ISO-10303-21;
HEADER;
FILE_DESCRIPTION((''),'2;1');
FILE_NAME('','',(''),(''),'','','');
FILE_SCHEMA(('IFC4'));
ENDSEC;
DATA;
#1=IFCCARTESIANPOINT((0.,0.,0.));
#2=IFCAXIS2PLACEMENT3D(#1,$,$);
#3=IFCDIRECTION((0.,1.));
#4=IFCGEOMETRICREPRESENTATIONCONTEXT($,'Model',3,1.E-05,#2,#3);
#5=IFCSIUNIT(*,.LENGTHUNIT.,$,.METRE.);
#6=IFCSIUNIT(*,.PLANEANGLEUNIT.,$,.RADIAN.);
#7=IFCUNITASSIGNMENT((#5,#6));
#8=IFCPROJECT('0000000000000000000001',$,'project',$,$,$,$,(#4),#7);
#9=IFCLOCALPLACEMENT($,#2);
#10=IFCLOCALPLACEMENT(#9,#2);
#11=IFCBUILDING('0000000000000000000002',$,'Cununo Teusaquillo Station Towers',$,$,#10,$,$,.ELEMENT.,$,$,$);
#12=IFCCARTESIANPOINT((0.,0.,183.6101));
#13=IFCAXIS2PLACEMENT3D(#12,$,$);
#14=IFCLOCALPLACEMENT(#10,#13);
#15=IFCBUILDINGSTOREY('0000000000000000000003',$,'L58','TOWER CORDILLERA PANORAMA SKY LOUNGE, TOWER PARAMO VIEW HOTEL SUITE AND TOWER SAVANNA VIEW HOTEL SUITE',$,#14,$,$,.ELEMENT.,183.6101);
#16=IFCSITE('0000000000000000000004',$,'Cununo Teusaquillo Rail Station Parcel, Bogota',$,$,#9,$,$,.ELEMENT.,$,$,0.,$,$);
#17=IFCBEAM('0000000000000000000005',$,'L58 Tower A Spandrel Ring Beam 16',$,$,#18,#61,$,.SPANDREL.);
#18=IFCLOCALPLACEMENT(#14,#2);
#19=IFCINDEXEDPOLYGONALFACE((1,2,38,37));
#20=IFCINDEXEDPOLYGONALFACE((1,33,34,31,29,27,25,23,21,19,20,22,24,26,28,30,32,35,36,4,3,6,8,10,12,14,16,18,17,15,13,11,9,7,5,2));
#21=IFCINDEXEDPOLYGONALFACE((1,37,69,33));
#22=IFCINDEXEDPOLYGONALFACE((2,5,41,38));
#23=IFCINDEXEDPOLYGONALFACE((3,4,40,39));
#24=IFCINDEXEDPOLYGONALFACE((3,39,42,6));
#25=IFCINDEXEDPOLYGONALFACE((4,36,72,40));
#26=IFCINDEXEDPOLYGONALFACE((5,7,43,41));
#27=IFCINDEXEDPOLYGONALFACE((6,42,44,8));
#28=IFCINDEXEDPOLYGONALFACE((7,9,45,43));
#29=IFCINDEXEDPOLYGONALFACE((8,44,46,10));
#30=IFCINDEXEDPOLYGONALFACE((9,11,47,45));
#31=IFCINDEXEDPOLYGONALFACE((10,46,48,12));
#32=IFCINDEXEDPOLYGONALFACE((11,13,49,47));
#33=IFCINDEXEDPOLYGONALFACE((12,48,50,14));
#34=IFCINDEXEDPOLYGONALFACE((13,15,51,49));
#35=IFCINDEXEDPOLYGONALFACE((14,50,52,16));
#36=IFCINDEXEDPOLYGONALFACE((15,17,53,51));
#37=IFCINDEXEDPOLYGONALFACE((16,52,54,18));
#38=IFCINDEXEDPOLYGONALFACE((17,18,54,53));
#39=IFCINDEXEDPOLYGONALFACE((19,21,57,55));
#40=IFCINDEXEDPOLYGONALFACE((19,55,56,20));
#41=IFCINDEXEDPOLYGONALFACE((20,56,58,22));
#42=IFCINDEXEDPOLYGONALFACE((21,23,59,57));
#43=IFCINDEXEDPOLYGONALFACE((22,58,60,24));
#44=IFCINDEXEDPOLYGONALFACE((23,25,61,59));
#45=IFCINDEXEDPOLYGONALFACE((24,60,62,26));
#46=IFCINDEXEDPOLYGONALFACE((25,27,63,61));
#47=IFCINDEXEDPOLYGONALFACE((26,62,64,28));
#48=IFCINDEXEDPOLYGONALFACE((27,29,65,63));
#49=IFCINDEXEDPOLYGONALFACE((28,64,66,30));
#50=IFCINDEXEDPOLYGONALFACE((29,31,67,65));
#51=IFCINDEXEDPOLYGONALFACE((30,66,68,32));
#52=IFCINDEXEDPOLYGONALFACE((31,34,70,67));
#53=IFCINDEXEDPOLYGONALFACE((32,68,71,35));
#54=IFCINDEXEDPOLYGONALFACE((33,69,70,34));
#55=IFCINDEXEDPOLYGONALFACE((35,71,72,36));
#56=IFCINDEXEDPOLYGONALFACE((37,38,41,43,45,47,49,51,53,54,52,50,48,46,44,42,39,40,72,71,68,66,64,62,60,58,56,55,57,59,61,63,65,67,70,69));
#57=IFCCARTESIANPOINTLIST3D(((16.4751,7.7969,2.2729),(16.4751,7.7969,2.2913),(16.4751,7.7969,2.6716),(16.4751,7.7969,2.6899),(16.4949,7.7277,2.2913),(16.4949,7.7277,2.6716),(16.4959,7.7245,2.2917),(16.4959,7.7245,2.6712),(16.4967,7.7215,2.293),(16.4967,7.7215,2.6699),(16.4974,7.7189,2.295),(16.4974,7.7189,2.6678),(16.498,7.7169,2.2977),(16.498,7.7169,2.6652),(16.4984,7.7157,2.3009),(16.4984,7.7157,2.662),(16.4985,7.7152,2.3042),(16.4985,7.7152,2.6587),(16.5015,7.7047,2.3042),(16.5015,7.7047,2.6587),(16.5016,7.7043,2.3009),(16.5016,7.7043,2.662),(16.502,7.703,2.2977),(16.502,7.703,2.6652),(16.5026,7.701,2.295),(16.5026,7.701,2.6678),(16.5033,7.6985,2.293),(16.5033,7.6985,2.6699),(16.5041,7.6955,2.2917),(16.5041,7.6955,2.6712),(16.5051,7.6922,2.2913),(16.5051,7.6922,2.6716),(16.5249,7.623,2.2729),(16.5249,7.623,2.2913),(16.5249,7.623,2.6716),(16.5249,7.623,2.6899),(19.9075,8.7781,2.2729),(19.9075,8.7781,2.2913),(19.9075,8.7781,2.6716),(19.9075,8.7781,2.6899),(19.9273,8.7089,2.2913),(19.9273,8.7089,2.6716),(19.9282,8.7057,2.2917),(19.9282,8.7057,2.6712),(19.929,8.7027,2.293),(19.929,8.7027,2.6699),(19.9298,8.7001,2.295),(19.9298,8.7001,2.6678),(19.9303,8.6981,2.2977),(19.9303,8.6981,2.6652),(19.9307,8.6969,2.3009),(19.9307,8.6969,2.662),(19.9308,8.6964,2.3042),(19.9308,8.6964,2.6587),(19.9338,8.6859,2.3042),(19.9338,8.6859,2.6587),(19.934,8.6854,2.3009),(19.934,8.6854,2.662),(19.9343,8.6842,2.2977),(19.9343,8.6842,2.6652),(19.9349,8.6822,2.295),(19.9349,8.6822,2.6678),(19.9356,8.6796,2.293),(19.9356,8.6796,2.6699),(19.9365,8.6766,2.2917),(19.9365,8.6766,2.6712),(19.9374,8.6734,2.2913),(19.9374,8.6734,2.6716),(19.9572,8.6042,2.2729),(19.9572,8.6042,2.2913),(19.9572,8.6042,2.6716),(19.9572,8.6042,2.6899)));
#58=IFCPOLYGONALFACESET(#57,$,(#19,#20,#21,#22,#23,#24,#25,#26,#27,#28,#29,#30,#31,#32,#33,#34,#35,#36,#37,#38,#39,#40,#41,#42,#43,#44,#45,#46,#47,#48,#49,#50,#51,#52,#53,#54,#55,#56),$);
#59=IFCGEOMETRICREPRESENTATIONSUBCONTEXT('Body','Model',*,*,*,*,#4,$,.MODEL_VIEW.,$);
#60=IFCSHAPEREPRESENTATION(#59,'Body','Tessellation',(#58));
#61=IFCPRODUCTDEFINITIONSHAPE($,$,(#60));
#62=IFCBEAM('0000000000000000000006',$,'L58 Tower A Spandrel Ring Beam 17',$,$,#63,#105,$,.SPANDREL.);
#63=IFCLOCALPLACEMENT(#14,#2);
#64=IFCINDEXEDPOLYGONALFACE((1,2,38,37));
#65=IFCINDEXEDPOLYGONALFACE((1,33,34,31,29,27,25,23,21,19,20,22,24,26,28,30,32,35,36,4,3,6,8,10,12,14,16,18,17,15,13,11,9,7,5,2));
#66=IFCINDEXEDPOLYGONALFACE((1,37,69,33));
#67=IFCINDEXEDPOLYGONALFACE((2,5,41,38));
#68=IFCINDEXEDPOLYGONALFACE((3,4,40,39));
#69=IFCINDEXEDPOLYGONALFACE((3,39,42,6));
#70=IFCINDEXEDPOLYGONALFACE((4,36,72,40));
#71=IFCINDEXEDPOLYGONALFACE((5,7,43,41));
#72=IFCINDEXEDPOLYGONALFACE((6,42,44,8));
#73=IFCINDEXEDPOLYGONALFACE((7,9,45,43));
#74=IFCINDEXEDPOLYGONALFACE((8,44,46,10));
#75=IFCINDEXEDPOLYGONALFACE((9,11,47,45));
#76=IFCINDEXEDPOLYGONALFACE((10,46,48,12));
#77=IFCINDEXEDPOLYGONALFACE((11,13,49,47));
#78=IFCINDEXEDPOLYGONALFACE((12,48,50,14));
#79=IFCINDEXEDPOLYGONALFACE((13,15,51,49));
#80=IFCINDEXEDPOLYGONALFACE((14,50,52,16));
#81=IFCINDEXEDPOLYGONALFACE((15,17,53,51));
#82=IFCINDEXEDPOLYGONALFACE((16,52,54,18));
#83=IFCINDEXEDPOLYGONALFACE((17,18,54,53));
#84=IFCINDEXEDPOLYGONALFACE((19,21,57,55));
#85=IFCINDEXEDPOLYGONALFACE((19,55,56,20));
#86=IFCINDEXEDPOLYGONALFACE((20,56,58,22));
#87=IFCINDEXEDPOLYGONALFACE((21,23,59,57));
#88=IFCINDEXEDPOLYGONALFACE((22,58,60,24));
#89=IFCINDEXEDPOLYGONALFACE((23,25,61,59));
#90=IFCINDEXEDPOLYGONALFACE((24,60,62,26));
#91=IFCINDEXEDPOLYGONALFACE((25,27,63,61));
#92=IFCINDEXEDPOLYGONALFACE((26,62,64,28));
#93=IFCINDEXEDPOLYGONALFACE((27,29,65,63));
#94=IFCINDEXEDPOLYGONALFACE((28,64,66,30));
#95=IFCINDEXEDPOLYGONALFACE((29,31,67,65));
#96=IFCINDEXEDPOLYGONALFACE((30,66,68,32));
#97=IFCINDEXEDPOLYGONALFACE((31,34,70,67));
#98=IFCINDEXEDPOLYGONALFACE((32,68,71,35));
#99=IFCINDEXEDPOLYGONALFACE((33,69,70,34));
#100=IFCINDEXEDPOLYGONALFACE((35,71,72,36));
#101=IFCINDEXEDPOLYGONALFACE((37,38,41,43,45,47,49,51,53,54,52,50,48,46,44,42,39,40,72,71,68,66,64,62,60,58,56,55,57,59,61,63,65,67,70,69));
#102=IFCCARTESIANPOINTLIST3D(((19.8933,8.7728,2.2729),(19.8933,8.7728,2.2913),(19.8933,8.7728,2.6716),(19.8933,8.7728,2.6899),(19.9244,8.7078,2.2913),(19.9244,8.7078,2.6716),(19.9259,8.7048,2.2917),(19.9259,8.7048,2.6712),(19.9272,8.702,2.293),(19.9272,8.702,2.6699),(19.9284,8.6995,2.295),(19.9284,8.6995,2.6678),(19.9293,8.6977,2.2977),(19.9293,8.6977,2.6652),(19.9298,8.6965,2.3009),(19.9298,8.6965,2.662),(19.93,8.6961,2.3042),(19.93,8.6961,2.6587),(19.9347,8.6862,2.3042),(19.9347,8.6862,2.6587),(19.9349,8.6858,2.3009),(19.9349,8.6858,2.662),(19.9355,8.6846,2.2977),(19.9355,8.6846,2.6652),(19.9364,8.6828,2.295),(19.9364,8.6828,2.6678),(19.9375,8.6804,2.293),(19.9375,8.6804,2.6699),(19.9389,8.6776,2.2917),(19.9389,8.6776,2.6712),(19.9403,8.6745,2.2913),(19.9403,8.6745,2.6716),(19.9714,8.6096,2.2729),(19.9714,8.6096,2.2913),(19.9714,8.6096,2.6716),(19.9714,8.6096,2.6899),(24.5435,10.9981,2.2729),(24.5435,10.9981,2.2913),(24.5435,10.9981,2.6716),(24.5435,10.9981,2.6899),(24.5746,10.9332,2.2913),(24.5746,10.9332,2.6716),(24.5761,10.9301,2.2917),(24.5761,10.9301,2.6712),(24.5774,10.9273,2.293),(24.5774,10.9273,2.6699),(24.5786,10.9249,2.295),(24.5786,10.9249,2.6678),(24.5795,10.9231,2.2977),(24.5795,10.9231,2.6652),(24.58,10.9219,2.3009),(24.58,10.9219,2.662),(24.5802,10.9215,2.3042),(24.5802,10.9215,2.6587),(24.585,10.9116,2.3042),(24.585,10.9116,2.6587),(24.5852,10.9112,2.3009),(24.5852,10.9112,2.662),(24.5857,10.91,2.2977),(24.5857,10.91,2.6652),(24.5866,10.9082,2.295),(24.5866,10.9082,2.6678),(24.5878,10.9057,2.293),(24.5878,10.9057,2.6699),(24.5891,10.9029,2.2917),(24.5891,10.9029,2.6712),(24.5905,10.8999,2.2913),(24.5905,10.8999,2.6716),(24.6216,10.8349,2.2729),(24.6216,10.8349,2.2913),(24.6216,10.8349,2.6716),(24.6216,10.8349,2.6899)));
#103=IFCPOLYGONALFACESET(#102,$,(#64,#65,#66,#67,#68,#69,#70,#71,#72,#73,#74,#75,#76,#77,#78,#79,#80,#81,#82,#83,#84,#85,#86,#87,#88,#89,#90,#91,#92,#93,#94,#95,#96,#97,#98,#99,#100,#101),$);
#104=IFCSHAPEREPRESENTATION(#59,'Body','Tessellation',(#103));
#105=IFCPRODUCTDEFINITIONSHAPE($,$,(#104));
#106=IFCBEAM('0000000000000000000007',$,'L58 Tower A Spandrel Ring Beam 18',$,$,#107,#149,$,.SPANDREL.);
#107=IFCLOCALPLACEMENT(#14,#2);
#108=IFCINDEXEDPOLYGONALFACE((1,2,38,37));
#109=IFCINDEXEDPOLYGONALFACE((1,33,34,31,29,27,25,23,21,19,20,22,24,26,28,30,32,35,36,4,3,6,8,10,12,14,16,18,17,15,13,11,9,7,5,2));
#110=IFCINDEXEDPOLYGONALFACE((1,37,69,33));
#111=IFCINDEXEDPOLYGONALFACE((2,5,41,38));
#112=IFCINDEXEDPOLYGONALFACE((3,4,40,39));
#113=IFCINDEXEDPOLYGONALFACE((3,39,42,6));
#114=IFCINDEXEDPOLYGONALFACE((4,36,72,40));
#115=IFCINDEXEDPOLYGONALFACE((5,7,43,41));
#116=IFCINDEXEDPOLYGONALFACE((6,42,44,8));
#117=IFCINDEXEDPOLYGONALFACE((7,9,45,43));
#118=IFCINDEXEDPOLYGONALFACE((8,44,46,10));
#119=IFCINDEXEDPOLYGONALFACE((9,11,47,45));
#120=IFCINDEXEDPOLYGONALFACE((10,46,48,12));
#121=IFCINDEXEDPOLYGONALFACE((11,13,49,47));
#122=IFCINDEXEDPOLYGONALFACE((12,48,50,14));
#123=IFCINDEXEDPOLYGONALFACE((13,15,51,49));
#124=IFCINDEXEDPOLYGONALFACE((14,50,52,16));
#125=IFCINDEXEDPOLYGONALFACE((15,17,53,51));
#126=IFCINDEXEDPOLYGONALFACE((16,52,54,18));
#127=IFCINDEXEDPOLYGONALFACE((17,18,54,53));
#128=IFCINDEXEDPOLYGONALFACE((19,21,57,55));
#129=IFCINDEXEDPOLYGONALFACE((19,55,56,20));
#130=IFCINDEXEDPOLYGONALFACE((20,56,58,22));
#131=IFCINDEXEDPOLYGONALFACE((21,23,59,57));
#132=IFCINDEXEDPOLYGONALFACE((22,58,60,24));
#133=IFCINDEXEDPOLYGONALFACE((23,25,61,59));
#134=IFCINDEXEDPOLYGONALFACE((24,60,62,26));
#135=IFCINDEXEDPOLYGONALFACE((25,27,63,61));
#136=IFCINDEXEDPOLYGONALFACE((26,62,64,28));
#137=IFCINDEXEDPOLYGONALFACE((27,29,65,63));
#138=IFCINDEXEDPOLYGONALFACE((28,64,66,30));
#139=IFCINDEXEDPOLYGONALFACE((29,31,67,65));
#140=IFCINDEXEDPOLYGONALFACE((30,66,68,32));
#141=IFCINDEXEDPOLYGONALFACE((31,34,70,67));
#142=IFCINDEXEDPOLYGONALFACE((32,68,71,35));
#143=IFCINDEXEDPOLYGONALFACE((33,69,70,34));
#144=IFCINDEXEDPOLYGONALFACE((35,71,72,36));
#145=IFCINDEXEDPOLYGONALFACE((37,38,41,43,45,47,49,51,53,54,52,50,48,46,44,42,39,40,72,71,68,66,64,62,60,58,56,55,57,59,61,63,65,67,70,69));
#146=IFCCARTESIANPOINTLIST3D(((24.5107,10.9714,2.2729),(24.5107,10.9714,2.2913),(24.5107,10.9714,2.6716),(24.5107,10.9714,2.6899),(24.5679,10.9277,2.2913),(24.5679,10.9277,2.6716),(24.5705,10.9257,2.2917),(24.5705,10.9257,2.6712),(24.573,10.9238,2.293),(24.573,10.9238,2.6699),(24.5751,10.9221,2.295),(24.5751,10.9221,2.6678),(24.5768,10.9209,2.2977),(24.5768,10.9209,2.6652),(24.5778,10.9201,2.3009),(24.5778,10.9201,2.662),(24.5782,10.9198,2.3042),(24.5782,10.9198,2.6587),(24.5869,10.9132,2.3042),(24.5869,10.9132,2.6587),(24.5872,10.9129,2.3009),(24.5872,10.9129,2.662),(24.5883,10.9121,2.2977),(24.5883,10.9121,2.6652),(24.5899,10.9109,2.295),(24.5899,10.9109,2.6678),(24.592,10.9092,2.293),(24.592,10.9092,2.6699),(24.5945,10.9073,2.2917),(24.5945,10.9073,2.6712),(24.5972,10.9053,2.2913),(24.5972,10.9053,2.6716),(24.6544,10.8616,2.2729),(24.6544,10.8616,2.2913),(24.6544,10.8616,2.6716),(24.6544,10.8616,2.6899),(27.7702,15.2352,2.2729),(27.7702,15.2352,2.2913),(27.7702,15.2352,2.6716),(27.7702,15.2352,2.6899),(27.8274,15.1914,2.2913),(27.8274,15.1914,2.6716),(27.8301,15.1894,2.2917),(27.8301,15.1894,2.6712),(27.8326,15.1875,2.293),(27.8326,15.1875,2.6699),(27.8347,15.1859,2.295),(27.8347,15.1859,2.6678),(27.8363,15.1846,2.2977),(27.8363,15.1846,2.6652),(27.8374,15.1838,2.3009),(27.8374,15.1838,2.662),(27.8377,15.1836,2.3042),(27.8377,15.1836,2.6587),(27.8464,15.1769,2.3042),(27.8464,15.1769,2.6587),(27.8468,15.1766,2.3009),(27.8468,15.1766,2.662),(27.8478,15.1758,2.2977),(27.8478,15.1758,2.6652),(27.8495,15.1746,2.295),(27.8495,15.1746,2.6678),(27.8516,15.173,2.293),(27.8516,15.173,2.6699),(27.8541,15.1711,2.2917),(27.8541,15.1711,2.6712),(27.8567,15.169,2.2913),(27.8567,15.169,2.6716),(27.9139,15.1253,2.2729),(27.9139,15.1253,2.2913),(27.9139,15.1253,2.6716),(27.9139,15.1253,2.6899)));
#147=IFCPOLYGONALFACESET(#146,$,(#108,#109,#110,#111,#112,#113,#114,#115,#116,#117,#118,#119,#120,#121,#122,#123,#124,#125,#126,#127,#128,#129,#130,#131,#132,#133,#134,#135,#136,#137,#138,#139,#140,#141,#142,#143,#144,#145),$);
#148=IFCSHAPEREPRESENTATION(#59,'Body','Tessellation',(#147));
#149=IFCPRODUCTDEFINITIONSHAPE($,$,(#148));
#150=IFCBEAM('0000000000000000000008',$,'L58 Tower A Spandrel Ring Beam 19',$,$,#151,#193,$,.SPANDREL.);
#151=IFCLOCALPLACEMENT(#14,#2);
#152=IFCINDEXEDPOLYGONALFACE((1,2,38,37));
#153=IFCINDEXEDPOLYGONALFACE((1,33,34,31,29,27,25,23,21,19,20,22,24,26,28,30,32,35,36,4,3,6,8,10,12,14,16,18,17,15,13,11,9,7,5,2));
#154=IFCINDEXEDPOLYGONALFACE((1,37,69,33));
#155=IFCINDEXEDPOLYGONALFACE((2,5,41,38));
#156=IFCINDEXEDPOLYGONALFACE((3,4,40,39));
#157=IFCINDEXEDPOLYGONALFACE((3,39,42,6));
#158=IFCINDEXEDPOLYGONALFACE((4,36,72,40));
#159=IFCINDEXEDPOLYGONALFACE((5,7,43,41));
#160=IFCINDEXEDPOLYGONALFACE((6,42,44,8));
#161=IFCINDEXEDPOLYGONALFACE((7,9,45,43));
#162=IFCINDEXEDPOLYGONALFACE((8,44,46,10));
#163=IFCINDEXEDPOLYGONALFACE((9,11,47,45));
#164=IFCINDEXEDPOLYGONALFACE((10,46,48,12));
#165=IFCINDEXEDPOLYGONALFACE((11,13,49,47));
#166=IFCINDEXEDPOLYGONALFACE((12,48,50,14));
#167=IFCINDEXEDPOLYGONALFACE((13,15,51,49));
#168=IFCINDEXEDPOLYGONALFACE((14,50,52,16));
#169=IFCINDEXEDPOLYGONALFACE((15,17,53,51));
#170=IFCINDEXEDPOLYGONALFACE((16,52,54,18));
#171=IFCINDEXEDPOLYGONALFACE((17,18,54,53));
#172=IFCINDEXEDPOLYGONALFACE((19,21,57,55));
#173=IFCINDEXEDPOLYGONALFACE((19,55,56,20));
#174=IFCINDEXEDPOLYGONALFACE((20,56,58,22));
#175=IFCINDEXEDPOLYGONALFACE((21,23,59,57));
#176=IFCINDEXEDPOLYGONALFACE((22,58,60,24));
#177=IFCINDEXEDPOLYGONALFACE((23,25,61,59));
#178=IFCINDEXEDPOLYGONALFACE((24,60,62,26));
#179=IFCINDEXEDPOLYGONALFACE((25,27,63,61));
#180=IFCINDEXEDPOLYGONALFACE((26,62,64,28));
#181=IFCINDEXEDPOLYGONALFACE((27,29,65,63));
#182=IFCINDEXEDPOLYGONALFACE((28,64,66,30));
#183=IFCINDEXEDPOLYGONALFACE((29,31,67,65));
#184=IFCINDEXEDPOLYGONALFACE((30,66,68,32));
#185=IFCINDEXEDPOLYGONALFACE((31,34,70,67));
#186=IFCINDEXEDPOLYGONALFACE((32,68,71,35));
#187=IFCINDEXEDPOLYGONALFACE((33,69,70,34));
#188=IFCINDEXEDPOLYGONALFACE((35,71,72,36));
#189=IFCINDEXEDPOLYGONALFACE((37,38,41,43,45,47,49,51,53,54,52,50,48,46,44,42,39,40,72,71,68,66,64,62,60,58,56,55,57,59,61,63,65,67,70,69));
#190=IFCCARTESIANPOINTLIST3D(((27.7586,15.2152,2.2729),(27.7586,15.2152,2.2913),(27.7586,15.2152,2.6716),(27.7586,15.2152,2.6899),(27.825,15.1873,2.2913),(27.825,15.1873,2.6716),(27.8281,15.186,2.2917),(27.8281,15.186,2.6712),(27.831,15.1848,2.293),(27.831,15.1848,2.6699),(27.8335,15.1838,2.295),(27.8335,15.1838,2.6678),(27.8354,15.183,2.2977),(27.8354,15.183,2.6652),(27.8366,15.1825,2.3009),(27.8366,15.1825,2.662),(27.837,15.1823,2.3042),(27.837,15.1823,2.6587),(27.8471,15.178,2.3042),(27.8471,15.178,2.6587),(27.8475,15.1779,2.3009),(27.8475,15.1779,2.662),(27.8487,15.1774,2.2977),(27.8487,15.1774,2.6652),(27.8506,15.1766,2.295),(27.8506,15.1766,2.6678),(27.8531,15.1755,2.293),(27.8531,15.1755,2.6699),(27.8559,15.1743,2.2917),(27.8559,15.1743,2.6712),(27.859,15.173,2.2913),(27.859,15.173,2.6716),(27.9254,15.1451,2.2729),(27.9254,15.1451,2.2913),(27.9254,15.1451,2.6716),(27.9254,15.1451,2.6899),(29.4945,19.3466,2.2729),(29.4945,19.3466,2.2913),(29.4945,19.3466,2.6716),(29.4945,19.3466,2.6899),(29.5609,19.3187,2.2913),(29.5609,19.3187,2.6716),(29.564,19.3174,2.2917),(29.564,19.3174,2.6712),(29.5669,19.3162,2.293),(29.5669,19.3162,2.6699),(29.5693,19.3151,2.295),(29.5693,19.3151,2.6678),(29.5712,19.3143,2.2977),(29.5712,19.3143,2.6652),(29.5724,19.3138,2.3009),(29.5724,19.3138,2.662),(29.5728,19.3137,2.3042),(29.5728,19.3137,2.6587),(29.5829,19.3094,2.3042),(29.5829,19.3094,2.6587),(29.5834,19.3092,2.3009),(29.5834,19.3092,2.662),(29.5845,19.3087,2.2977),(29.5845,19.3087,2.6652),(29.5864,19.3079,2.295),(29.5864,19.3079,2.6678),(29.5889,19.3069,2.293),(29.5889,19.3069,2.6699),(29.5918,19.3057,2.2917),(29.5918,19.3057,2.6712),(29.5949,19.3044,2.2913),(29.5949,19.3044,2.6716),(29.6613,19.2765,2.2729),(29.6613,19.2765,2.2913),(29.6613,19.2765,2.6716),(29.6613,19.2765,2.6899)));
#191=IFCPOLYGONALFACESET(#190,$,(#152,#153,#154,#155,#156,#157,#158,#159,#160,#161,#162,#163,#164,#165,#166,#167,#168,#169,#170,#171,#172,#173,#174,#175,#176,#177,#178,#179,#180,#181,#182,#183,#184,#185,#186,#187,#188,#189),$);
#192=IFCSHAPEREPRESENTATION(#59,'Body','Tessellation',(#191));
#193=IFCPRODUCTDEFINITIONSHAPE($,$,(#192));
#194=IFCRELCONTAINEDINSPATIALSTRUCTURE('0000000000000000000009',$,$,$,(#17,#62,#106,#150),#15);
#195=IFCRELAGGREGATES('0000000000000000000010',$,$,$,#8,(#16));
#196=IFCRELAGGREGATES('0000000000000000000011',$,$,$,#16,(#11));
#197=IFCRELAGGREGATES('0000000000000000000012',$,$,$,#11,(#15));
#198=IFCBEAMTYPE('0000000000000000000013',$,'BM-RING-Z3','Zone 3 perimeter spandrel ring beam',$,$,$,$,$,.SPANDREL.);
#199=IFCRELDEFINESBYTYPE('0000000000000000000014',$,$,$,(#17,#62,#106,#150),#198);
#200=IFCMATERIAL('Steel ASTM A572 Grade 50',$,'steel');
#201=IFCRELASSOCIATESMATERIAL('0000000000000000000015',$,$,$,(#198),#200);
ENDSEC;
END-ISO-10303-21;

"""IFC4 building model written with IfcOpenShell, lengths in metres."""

from ifc_helpers import new_model, si_unit, direction, frame, origin, origin_2d, place, context, subcontext, project, spatial, i_section, extrude, material, material_profile, profile_set, type_object, element, save


model = new_model("IFC4")

# Units and contexts
model_context = context("Model", 3, precision=1e-05, world=origin(), true_north=direction((0.0, 1.0)))
body_context = subcontext(model_context, "Body", "Model", "MODEL_VIEW")
ifc_project = project(units=[si_unit("LENGTHUNIT", "METRE"), si_unit("PLANEANGLEUNIT", "RADIAN")], contexts=[model_context])

# Site, building, storey
site_placement = place(None, origin())
site = spatial("IfcSite", under=ifc_project, at=site_placement, Name="Cununo Teusaquillo Rail Station Parcel, Bogota", CompositionType="ELEMENT", RefElevation=0.0)
building_placement = place(site_placement, origin())
building = spatial("IfcBuilding", under=site, at=building_placement, Name="Cununo Teusaquillo Station Towers", CompositionType="ELEMENT")
storey_placement = place(building_placement, frame((0.0, 0.0, 183.6101)))
storey = spatial("IfcBuildingStorey", under=building, at=storey_placement, Name="L58", Description="TOWER CORDILLERA PANORAMA SKY LOUNGE, TOWER PARAMO VIEW HOTEL SUITE AND TOWER SAVANNA VIEW HOTEL SUITE", CompositionType="ELEMENT", Elevation=183.6101)

# Beams
ifc_material_1 = material(Name="Steel ASTM A572 Grade 50", Category="steel")
ifc_material_profile_1 = material_profile(ifc_material_1, i_section(OverallWidth=0.1809, OverallDepth=0.417, WebThickness=0.011, FlangeThickness=0.0183, FilletRadius=0.0129, at=origin_2d()), Name="W16X57")
ifc_profile_set_1 = profile_set([ifc_material_profile_1], Name="Steel ASTM A572 Grade 50")
beam_type_1 = type_object("IfcBeamType", Name="BM-RING-Z3", Description="Zone 3 perimeter spandrel ring beam", PredefinedType="SPANDREL", material=ifc_profile_set_1)
beam_1_placement = place(storey_placement, frame((16.5, 7.71, 2.4814), z_axis=(0.961485, 0.274857, 0.0), x_axis=(-0.274857, 0.961485, 0.0)))
element("IfcBeam", 1, at=beam_1_placement, inside=storey, type_object=beam_type_1, Name="L58 Tower A Spandrel Ring Beam 16", PredefinedType="SPANDREL", context=body_context, shape_type="SweptSolid", body=[
    extrude(i_section(OverallWidth=0.1809, OverallDepth=0.417, WebThickness=0.011, FlangeThickness=0.0183, FilletRadius=0.0129, at=origin_2d()), origin(), (0.0, 0.0, 1.0), 3.5698),
])
beam_2_placement = place(storey_placement, frame((19.9324, 8.6912, 2.4814), z_axis=(0.902032, 0.43167, 0.0), x_axis=(-0.43167, 0.902032, 0.0)))
element("IfcBeam", 2, at=beam_2_placement, inside=storey, type_object=beam_type_1, Name="L58 Tower A Spandrel Ring Beam 17", PredefinedType="SPANDREL", context=body_context, shape_type="SweptSolid", body=[
    extrude(i_section(OverallWidth=0.1809, OverallDepth=0.417, WebThickness=0.011, FlangeThickness=0.0183, FilletRadius=0.0129, at=origin_2d()), origin(), (0.0, 0.0, 1.0), 5.1553),
])
beam_3_placement = place(storey_placement, frame((24.5825, 10.9165, 2.4814), z_axis=(0.60734, 0.794442, 0.0), x_axis=(-0.794442, 0.60734, 0.0)))
element("IfcBeam", 3, at=beam_3_placement, inside=storey, type_object=beam_type_1, Name="L58 Tower A Spandrel Ring Beam 18", PredefinedType="SPANDREL", context=body_context, shape_type="SweptSolid", body=[
    extrude(i_section(OverallWidth=0.1809, OverallDepth=0.417, WebThickness=0.011, FlangeThickness=0.0183, FilletRadius=0.0129, at=origin_2d()), origin(), (0.0, 0.0, 1.0), 5.3669),
])
beam_4_placement = place(storey_placement, frame((27.842, 15.1802, 2.4814), z_axis=(0.38736, 0.921928, 0.0), x_axis=(-0.921928, 0.38736, 0.0)))
element("IfcBeam", 4, at=beam_4_placement, inside=storey, type_object=beam_type_1, Name="L58 Tower A Spandrel Ring Beam 19", PredefinedType="SPANDREL", context=body_context, shape_type="SweptSolid", body=[
    extrude(i_section(OverallWidth=0.1809, OverallDepth=0.417, WebThickness=0.011, FlangeThickness=0.0183, FilletRadius=0.0129, at=origin_2d()), origin(), (0.0, 0.0, 1.0), 4.4812),
])

save(model, "model.ifc")
